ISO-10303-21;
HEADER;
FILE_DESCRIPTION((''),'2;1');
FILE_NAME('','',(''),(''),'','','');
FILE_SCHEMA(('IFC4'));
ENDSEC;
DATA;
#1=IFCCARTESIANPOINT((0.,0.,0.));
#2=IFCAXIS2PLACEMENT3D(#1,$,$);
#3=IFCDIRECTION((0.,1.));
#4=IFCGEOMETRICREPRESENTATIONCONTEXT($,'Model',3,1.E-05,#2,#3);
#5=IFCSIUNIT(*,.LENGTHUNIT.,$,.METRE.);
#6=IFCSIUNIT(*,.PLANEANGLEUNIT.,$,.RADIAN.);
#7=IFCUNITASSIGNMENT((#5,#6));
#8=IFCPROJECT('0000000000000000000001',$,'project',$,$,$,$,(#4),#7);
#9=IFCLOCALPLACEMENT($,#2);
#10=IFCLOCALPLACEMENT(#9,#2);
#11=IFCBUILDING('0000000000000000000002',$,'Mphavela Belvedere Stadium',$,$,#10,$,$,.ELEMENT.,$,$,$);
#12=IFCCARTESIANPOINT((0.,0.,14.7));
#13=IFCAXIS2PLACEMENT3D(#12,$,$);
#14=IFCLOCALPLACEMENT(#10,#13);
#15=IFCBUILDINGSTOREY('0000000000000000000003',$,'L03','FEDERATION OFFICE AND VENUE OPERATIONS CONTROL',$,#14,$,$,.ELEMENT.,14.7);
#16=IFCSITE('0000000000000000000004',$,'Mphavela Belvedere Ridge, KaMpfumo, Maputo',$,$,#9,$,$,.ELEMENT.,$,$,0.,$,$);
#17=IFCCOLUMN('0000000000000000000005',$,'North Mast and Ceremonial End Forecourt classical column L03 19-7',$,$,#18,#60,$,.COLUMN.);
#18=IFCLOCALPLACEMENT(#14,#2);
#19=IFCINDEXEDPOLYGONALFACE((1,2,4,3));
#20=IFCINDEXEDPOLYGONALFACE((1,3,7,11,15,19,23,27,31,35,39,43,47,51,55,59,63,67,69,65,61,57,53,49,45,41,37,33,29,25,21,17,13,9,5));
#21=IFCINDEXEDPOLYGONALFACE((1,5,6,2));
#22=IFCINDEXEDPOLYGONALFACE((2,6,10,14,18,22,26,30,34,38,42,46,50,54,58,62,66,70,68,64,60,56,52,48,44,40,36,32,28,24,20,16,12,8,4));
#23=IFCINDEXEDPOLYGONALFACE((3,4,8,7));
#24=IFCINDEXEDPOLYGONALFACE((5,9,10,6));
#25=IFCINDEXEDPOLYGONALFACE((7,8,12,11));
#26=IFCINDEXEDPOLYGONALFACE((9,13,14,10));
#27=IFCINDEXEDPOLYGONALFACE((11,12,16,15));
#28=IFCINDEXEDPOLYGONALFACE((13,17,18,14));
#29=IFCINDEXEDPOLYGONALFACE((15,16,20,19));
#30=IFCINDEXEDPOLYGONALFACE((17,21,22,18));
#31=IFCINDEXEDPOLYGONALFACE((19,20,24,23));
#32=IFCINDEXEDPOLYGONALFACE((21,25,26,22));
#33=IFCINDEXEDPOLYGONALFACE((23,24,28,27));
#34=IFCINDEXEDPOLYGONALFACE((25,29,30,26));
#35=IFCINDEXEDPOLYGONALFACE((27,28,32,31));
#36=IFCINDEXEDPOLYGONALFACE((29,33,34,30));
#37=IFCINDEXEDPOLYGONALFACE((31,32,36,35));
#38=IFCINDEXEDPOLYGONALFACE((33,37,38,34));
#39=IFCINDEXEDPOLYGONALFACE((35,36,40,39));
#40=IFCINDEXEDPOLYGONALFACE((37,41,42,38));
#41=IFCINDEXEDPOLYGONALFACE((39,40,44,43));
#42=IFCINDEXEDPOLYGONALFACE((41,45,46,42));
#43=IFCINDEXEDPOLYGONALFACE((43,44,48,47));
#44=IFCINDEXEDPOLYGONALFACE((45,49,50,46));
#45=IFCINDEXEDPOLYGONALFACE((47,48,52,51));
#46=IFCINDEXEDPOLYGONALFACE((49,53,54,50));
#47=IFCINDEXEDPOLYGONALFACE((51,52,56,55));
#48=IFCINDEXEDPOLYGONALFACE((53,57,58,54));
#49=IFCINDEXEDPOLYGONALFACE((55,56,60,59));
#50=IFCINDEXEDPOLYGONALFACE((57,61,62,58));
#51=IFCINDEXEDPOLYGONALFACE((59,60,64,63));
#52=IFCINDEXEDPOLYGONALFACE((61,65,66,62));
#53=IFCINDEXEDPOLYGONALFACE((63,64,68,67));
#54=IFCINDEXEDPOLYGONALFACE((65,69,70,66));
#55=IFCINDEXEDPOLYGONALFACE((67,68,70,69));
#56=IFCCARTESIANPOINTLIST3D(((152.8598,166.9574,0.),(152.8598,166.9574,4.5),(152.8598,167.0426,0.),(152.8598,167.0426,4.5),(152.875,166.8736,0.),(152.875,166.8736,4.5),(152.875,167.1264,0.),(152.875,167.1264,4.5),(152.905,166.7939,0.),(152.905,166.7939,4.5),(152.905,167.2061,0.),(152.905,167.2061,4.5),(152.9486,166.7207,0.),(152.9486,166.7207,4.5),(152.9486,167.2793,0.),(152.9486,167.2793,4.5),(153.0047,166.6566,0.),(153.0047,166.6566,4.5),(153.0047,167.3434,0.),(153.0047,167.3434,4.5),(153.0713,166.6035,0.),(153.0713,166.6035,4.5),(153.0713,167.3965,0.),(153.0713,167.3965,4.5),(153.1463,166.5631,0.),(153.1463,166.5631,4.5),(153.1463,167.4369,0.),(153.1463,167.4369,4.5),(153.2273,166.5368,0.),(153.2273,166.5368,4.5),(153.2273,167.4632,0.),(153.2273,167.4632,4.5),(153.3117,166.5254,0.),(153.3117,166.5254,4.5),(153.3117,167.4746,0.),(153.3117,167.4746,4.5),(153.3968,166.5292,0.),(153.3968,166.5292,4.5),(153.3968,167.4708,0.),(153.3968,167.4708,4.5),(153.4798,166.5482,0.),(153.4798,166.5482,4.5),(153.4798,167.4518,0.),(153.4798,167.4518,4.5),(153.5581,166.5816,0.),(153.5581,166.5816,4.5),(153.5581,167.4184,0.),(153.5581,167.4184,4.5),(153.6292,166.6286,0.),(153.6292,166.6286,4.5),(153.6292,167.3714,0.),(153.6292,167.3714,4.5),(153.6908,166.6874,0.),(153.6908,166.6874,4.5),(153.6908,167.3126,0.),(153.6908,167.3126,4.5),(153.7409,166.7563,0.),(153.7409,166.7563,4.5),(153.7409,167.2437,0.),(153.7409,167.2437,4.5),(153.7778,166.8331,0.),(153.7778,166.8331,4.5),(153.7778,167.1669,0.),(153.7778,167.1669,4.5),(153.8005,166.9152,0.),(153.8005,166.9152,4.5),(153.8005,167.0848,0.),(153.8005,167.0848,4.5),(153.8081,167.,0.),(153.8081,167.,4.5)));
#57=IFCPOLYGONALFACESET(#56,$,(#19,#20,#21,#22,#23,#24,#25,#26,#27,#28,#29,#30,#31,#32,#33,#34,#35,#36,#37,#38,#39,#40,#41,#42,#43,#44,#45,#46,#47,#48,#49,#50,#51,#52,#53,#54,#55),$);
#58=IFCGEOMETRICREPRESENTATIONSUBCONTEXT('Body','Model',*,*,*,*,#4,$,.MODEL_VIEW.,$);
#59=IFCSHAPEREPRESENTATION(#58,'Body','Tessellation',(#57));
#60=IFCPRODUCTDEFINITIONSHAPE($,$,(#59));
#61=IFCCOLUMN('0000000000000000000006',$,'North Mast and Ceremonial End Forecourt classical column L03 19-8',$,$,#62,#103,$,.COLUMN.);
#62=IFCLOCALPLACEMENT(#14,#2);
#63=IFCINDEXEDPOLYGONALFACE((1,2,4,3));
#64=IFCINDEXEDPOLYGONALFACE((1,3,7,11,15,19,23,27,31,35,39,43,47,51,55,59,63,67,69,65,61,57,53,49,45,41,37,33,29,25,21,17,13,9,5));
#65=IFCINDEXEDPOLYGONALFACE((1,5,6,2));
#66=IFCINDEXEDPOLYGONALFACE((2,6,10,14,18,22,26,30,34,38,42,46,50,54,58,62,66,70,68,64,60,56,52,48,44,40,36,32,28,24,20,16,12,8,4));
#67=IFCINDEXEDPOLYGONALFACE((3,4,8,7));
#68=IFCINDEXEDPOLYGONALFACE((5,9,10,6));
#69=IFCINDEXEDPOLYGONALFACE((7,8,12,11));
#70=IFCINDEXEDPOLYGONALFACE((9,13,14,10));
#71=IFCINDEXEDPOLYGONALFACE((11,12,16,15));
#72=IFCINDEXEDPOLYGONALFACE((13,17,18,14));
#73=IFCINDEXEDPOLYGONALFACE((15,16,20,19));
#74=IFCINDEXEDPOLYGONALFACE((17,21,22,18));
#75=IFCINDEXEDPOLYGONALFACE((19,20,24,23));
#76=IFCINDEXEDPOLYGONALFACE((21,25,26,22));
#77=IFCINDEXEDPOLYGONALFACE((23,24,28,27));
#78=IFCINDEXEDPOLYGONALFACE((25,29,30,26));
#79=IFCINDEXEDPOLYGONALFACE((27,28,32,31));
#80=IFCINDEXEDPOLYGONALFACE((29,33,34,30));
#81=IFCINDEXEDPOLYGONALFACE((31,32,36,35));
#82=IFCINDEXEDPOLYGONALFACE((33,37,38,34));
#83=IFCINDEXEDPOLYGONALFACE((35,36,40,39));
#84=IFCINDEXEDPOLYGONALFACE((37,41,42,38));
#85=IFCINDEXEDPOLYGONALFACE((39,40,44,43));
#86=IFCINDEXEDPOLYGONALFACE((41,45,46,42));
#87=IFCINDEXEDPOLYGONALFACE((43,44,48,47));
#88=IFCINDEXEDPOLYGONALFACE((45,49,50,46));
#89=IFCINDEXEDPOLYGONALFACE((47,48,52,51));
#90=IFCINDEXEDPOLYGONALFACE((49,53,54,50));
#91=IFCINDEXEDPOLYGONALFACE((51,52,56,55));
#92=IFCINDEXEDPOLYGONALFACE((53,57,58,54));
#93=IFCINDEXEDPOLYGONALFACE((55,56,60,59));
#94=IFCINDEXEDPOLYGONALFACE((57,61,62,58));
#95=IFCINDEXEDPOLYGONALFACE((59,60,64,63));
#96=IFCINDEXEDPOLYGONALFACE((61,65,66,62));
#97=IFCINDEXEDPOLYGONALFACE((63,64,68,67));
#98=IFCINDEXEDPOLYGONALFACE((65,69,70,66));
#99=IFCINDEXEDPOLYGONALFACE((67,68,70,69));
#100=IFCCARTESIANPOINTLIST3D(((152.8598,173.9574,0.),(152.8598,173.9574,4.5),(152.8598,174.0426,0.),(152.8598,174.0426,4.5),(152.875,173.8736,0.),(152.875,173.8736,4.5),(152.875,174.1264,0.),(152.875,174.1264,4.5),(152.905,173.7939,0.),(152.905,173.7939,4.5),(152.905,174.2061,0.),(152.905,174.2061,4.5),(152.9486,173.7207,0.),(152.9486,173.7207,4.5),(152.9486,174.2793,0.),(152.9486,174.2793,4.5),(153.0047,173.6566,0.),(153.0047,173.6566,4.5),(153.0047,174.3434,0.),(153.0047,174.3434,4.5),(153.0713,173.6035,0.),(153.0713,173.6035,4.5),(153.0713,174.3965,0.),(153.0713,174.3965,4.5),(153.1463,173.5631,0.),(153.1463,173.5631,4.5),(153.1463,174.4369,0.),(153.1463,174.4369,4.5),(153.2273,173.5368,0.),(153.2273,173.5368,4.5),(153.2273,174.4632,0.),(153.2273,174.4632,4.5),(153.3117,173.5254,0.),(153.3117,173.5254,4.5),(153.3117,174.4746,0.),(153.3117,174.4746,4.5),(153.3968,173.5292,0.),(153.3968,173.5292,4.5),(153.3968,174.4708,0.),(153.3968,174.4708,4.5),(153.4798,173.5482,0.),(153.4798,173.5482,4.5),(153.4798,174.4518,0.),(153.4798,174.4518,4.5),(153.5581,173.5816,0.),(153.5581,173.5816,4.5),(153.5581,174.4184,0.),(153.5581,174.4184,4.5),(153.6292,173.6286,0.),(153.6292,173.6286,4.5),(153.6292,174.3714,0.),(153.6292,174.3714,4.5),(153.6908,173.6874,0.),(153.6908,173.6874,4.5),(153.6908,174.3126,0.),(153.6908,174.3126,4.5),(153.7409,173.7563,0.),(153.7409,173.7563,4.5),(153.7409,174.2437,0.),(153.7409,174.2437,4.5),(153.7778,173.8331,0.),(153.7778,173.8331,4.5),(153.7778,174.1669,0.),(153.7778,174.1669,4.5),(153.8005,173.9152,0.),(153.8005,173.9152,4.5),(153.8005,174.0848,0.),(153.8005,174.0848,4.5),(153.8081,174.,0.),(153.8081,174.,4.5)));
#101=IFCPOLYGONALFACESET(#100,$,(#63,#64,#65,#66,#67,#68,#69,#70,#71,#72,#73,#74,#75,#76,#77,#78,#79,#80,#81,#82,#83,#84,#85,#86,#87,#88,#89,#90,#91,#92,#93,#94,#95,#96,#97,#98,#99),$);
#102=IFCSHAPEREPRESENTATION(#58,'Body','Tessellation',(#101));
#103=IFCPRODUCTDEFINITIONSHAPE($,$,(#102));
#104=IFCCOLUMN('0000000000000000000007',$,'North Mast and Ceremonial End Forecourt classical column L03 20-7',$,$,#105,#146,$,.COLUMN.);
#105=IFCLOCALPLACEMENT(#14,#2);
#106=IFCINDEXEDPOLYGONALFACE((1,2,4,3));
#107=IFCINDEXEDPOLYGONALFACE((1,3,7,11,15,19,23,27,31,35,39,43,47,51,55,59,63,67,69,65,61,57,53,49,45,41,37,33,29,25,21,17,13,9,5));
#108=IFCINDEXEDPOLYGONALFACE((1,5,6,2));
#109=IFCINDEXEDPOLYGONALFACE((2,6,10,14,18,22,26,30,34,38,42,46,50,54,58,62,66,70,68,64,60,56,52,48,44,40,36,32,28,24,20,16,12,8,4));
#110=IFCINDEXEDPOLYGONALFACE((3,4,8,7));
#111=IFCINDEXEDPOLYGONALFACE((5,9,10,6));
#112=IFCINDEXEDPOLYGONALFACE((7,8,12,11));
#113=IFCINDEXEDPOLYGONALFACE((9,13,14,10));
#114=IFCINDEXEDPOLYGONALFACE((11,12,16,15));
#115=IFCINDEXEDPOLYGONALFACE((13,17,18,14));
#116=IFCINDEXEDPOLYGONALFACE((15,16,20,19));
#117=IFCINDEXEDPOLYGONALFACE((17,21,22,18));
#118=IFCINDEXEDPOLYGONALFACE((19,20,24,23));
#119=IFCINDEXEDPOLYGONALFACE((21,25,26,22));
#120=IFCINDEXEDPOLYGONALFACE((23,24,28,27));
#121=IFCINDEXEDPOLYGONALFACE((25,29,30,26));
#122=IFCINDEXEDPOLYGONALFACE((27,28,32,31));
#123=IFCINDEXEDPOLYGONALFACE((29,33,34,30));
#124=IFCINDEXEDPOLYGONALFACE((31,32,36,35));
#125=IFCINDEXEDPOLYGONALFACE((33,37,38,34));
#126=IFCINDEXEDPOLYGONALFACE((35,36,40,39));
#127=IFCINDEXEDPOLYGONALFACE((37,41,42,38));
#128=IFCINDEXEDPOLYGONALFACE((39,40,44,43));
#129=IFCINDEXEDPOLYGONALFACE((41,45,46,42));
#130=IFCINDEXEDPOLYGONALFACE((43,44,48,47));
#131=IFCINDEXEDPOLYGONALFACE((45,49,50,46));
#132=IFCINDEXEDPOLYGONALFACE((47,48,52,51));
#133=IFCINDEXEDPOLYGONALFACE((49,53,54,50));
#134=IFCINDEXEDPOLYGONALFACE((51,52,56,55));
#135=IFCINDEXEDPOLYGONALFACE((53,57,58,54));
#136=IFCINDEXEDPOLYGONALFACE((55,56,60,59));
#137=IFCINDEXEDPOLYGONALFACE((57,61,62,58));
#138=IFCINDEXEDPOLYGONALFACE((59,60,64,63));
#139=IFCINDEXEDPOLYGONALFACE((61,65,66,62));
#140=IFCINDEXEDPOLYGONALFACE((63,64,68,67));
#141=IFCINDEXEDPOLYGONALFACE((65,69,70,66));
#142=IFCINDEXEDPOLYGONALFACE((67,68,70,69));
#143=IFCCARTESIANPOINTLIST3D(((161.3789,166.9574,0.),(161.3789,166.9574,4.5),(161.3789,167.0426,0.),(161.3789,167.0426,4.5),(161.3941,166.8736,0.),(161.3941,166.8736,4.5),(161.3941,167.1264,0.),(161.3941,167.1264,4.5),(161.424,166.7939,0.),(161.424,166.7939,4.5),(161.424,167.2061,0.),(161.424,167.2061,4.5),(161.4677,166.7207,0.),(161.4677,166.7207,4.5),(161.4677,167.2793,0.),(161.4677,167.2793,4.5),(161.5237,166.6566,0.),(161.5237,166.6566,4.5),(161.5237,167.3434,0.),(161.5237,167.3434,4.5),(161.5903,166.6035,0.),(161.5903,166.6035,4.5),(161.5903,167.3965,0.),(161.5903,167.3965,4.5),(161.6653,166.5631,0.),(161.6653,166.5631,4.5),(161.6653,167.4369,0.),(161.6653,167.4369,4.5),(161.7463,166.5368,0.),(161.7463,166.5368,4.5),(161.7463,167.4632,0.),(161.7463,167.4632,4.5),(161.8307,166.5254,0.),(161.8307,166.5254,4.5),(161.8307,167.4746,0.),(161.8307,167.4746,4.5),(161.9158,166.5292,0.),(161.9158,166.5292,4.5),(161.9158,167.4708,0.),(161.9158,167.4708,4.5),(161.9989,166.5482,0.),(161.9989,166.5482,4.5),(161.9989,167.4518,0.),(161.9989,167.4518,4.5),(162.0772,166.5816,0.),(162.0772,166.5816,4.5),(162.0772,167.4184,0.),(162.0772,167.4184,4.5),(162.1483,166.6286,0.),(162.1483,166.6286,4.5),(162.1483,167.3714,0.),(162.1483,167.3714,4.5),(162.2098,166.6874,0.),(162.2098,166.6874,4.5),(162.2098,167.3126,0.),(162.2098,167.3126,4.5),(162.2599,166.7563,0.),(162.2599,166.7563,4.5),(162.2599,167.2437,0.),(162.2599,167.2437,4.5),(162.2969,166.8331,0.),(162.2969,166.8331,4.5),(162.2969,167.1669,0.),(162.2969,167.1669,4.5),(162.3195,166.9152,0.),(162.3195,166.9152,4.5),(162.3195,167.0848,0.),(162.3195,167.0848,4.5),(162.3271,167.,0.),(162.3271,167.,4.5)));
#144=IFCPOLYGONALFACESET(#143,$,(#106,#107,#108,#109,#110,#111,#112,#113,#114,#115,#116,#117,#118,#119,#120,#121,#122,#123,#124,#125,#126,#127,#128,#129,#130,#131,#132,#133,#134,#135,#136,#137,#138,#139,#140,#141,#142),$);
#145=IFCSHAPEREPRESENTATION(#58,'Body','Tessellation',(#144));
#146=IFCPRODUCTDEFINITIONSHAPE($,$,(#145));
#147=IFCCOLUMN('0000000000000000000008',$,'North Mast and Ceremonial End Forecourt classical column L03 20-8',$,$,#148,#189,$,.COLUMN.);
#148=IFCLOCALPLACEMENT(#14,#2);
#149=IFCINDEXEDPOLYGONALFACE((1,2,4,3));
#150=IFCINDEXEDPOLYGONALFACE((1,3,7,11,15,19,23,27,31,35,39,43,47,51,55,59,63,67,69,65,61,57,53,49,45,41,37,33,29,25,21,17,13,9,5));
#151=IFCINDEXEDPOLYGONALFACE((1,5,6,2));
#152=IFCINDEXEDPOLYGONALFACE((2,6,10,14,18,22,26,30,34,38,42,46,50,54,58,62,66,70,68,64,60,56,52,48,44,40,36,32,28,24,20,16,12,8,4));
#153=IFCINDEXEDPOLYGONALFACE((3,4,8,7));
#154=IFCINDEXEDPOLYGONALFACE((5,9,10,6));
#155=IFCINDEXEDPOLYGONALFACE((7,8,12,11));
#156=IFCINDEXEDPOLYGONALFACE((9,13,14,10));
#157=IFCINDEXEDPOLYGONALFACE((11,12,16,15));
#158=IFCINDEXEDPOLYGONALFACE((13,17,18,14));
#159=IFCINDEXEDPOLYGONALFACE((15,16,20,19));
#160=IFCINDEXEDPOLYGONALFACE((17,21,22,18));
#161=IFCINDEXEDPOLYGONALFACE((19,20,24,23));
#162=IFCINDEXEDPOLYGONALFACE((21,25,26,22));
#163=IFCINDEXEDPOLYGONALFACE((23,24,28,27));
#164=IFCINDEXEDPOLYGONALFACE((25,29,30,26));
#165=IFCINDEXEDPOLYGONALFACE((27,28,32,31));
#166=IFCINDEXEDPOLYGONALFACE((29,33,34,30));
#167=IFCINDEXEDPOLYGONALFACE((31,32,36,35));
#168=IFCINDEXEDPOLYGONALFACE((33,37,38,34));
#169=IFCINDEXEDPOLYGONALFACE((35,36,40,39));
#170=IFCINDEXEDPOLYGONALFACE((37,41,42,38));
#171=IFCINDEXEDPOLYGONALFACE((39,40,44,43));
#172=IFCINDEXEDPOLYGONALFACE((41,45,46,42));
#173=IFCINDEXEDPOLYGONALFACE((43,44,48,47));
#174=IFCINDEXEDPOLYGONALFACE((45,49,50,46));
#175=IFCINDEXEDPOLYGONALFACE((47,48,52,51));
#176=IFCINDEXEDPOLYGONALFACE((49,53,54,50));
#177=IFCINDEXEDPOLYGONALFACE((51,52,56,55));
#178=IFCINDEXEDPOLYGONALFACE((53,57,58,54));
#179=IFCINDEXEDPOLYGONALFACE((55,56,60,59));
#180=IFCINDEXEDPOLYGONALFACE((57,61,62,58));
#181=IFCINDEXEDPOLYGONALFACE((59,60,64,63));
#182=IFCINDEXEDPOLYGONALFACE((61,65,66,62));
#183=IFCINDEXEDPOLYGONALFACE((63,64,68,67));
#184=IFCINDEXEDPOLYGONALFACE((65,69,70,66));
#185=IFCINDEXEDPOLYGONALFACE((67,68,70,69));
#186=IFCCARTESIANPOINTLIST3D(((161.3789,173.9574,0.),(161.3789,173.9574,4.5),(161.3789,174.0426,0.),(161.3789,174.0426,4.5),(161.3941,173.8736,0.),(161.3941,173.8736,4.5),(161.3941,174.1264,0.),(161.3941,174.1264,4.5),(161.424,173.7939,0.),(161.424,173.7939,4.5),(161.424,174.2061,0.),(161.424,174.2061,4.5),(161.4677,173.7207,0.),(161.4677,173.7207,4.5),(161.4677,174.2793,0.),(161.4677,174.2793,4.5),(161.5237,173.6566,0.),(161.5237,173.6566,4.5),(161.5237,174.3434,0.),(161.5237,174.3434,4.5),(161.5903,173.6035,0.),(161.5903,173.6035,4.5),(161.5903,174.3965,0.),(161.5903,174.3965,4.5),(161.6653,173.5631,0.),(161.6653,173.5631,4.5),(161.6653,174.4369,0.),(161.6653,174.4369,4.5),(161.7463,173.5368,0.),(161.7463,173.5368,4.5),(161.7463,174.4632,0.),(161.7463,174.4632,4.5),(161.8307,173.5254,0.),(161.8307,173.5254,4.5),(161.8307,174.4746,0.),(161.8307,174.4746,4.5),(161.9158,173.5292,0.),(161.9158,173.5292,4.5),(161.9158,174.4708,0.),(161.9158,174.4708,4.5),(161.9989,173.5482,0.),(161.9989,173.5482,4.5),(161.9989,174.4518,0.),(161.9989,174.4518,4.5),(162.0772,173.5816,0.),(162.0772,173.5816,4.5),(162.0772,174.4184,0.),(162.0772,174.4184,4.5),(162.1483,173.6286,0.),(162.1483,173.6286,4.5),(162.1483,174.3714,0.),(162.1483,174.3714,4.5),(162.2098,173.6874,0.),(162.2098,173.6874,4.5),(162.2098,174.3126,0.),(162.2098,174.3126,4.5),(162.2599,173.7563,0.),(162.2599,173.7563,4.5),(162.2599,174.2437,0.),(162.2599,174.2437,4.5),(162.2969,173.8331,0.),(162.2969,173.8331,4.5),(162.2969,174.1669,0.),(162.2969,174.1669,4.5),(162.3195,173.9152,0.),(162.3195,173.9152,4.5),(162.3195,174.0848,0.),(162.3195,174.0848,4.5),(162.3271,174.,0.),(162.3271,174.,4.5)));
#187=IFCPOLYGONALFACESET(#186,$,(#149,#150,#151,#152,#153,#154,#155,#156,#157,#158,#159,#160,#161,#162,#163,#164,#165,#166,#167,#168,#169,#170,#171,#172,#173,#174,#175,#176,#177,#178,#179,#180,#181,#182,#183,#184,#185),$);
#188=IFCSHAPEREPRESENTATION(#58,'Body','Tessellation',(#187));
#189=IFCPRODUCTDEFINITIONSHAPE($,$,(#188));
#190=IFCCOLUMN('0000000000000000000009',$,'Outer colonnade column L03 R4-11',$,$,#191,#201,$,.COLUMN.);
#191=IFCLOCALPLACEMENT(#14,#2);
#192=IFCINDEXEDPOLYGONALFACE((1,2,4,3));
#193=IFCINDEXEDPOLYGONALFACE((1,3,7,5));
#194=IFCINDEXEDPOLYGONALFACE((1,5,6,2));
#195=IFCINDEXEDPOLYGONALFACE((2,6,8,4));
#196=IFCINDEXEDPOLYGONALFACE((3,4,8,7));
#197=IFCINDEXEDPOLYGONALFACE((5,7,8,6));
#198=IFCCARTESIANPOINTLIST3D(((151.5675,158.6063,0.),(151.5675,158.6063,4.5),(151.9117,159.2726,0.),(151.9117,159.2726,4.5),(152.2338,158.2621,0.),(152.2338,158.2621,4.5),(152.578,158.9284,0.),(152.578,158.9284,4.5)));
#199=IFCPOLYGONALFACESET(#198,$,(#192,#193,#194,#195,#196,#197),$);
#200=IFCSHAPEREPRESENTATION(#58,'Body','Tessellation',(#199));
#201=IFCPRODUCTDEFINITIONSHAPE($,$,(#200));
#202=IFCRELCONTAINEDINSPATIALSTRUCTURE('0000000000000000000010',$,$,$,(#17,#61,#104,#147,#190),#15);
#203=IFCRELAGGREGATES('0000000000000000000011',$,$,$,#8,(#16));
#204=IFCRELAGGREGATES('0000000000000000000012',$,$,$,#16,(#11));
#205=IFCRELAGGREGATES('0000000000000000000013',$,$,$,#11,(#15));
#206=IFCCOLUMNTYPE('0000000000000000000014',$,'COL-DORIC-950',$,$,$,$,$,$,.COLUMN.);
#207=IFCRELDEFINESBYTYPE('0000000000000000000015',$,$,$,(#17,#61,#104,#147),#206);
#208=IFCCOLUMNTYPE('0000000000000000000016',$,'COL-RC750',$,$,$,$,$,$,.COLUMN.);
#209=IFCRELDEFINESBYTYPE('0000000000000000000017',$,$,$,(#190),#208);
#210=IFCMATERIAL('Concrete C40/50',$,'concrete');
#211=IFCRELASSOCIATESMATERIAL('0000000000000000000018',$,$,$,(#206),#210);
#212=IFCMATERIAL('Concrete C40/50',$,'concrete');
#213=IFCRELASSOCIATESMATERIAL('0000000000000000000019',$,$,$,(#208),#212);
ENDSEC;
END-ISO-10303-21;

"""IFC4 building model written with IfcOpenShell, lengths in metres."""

from ifc_helpers import new_model, si_unit, direction, frame, origin, origin_2d, place, context, subcontext, project, spatial, rectangle, circle, extrude, material, material_profile, profile_set, type_object, element, save


model = new_model("IFC4")

# Units and contexts
model_context = context("Model", 3, precision=1e-05, world=origin(), true_north=direction((0.0, 1.0)))
body_context = subcontext(model_context, "Body", "Model", "MODEL_VIEW")
ifc_project = project(units=[si_unit("LENGTHUNIT", "METRE"), si_unit("PLANEANGLEUNIT", "RADIAN")], contexts=[model_context])

# Site, building, storey
site_placement = place(None, origin())
site = spatial("IfcSite", under=ifc_project, at=site_placement, Name="Mphavela Belvedere Ridge, KaMpfumo, Maputo", CompositionType="ELEMENT", RefElevation=0.0)
building_placement = place(site_placement, origin())
building = spatial("IfcBuilding", under=site, at=building_placement, Name="Mphavela Belvedere Stadium", CompositionType="ELEMENT")
storey_placement = place(building_placement, frame((0.0, 0.0, 14.7)))
storey = spatial("IfcBuildingStorey", under=building, at=storey_placement, Name="L03", Description="FEDERATION OFFICE AND VENUE OPERATIONS CONTROL", CompositionType="ELEMENT", Elevation=14.7)

# Columns
ifc_material_1 = material(Name="Concrete C40/50", Category="concrete")
ifc_material_profile_1 = material_profile(ifc_material_1, circle(Radius=0.4751, at=origin_2d()), Name="COL D950")
ifc_profile_set_1 = profile_set([ifc_material_profile_1], Name="Concrete C40/50")
column_type_1 = type_object("IfcColumnType", Name="COL-DORIC-950", PredefinedType="COLUMN", material=ifc_profile_set_1)
for number, where, z_axis, x_axis, name in (
    (1, (153.333, 167.0, 0.0), (0.0, 0.0, 1.0), (1.0, 0.0, 0.0), "North Mast and Ceremonial End Forecourt classical column L03 19-7"),
    (2, (153.333, 174.0, 0.0), (0.0, 0.0, 1.0), (1.0, 0.0, 0.0), "North Mast and Ceremonial End Forecourt classical column L03 19-8"),
    (3, (161.8521, 167.0, 0.0), (0.0, 0.0, 1.0), (1.0, 0.0, 0.0), "North Mast and Ceremonial End Forecourt classical column L03 20-7"),
    (4, (161.8521, 174.0, 0.0), (0.0, 0.0, 1.0), (1.0, 0.0, 0.0), "North Mast and Ceremonial End Forecourt classical column L03 20-8"),
):
    element("IfcColumn", number, at=place(storey_placement, frame(where, z_axis=z_axis, x_axis=x_axis)), inside=storey, type_object=column_type_1, Name=name, PredefinedType="COLUMN", context=body_context, shape_type="SweptSolid", body=[
        extrude(circle(Radius=0.4751, at=origin_2d()), origin(), (0.0, 0.0, 1.0), 4.5),
    ])
ifc_material_2 = material(Name="Concrete C40/50", Category="concrete")
ifc_material_profile_2 = material_profile(ifc_material_2, rectangle(XDim=0.75, YDim=0.75, at=origin_2d()), Name="RC 750x750")
ifc_profile_set_2 = profile_set([ifc_material_profile_2], Name="Concrete C40/50")
column_type_2 = type_object("IfcColumnType", Name="COL-RC750", PredefinedType="COLUMN", material=ifc_profile_set_2)
column_placement = place(storey_placement, frame((152.0728, 158.7673, 0.0), z_axis=(0.0, 0.0, 1.0), x_axis=(0.45896, 0.888457, 0.0)))
element("IfcColumn", 5, at=column_placement, inside=storey, type_object=column_type_2, Name="Outer colonnade column L03 R4-11", PredefinedType="COLUMN", context=body_context, shape_type="SweptSolid", body=[
    extrude(rectangle(XDim=0.75, YDim=0.75, at=origin_2d()), origin(), (0.0, 0.0, 1.0), 4.5),
])

save(model, "model.ifc")
